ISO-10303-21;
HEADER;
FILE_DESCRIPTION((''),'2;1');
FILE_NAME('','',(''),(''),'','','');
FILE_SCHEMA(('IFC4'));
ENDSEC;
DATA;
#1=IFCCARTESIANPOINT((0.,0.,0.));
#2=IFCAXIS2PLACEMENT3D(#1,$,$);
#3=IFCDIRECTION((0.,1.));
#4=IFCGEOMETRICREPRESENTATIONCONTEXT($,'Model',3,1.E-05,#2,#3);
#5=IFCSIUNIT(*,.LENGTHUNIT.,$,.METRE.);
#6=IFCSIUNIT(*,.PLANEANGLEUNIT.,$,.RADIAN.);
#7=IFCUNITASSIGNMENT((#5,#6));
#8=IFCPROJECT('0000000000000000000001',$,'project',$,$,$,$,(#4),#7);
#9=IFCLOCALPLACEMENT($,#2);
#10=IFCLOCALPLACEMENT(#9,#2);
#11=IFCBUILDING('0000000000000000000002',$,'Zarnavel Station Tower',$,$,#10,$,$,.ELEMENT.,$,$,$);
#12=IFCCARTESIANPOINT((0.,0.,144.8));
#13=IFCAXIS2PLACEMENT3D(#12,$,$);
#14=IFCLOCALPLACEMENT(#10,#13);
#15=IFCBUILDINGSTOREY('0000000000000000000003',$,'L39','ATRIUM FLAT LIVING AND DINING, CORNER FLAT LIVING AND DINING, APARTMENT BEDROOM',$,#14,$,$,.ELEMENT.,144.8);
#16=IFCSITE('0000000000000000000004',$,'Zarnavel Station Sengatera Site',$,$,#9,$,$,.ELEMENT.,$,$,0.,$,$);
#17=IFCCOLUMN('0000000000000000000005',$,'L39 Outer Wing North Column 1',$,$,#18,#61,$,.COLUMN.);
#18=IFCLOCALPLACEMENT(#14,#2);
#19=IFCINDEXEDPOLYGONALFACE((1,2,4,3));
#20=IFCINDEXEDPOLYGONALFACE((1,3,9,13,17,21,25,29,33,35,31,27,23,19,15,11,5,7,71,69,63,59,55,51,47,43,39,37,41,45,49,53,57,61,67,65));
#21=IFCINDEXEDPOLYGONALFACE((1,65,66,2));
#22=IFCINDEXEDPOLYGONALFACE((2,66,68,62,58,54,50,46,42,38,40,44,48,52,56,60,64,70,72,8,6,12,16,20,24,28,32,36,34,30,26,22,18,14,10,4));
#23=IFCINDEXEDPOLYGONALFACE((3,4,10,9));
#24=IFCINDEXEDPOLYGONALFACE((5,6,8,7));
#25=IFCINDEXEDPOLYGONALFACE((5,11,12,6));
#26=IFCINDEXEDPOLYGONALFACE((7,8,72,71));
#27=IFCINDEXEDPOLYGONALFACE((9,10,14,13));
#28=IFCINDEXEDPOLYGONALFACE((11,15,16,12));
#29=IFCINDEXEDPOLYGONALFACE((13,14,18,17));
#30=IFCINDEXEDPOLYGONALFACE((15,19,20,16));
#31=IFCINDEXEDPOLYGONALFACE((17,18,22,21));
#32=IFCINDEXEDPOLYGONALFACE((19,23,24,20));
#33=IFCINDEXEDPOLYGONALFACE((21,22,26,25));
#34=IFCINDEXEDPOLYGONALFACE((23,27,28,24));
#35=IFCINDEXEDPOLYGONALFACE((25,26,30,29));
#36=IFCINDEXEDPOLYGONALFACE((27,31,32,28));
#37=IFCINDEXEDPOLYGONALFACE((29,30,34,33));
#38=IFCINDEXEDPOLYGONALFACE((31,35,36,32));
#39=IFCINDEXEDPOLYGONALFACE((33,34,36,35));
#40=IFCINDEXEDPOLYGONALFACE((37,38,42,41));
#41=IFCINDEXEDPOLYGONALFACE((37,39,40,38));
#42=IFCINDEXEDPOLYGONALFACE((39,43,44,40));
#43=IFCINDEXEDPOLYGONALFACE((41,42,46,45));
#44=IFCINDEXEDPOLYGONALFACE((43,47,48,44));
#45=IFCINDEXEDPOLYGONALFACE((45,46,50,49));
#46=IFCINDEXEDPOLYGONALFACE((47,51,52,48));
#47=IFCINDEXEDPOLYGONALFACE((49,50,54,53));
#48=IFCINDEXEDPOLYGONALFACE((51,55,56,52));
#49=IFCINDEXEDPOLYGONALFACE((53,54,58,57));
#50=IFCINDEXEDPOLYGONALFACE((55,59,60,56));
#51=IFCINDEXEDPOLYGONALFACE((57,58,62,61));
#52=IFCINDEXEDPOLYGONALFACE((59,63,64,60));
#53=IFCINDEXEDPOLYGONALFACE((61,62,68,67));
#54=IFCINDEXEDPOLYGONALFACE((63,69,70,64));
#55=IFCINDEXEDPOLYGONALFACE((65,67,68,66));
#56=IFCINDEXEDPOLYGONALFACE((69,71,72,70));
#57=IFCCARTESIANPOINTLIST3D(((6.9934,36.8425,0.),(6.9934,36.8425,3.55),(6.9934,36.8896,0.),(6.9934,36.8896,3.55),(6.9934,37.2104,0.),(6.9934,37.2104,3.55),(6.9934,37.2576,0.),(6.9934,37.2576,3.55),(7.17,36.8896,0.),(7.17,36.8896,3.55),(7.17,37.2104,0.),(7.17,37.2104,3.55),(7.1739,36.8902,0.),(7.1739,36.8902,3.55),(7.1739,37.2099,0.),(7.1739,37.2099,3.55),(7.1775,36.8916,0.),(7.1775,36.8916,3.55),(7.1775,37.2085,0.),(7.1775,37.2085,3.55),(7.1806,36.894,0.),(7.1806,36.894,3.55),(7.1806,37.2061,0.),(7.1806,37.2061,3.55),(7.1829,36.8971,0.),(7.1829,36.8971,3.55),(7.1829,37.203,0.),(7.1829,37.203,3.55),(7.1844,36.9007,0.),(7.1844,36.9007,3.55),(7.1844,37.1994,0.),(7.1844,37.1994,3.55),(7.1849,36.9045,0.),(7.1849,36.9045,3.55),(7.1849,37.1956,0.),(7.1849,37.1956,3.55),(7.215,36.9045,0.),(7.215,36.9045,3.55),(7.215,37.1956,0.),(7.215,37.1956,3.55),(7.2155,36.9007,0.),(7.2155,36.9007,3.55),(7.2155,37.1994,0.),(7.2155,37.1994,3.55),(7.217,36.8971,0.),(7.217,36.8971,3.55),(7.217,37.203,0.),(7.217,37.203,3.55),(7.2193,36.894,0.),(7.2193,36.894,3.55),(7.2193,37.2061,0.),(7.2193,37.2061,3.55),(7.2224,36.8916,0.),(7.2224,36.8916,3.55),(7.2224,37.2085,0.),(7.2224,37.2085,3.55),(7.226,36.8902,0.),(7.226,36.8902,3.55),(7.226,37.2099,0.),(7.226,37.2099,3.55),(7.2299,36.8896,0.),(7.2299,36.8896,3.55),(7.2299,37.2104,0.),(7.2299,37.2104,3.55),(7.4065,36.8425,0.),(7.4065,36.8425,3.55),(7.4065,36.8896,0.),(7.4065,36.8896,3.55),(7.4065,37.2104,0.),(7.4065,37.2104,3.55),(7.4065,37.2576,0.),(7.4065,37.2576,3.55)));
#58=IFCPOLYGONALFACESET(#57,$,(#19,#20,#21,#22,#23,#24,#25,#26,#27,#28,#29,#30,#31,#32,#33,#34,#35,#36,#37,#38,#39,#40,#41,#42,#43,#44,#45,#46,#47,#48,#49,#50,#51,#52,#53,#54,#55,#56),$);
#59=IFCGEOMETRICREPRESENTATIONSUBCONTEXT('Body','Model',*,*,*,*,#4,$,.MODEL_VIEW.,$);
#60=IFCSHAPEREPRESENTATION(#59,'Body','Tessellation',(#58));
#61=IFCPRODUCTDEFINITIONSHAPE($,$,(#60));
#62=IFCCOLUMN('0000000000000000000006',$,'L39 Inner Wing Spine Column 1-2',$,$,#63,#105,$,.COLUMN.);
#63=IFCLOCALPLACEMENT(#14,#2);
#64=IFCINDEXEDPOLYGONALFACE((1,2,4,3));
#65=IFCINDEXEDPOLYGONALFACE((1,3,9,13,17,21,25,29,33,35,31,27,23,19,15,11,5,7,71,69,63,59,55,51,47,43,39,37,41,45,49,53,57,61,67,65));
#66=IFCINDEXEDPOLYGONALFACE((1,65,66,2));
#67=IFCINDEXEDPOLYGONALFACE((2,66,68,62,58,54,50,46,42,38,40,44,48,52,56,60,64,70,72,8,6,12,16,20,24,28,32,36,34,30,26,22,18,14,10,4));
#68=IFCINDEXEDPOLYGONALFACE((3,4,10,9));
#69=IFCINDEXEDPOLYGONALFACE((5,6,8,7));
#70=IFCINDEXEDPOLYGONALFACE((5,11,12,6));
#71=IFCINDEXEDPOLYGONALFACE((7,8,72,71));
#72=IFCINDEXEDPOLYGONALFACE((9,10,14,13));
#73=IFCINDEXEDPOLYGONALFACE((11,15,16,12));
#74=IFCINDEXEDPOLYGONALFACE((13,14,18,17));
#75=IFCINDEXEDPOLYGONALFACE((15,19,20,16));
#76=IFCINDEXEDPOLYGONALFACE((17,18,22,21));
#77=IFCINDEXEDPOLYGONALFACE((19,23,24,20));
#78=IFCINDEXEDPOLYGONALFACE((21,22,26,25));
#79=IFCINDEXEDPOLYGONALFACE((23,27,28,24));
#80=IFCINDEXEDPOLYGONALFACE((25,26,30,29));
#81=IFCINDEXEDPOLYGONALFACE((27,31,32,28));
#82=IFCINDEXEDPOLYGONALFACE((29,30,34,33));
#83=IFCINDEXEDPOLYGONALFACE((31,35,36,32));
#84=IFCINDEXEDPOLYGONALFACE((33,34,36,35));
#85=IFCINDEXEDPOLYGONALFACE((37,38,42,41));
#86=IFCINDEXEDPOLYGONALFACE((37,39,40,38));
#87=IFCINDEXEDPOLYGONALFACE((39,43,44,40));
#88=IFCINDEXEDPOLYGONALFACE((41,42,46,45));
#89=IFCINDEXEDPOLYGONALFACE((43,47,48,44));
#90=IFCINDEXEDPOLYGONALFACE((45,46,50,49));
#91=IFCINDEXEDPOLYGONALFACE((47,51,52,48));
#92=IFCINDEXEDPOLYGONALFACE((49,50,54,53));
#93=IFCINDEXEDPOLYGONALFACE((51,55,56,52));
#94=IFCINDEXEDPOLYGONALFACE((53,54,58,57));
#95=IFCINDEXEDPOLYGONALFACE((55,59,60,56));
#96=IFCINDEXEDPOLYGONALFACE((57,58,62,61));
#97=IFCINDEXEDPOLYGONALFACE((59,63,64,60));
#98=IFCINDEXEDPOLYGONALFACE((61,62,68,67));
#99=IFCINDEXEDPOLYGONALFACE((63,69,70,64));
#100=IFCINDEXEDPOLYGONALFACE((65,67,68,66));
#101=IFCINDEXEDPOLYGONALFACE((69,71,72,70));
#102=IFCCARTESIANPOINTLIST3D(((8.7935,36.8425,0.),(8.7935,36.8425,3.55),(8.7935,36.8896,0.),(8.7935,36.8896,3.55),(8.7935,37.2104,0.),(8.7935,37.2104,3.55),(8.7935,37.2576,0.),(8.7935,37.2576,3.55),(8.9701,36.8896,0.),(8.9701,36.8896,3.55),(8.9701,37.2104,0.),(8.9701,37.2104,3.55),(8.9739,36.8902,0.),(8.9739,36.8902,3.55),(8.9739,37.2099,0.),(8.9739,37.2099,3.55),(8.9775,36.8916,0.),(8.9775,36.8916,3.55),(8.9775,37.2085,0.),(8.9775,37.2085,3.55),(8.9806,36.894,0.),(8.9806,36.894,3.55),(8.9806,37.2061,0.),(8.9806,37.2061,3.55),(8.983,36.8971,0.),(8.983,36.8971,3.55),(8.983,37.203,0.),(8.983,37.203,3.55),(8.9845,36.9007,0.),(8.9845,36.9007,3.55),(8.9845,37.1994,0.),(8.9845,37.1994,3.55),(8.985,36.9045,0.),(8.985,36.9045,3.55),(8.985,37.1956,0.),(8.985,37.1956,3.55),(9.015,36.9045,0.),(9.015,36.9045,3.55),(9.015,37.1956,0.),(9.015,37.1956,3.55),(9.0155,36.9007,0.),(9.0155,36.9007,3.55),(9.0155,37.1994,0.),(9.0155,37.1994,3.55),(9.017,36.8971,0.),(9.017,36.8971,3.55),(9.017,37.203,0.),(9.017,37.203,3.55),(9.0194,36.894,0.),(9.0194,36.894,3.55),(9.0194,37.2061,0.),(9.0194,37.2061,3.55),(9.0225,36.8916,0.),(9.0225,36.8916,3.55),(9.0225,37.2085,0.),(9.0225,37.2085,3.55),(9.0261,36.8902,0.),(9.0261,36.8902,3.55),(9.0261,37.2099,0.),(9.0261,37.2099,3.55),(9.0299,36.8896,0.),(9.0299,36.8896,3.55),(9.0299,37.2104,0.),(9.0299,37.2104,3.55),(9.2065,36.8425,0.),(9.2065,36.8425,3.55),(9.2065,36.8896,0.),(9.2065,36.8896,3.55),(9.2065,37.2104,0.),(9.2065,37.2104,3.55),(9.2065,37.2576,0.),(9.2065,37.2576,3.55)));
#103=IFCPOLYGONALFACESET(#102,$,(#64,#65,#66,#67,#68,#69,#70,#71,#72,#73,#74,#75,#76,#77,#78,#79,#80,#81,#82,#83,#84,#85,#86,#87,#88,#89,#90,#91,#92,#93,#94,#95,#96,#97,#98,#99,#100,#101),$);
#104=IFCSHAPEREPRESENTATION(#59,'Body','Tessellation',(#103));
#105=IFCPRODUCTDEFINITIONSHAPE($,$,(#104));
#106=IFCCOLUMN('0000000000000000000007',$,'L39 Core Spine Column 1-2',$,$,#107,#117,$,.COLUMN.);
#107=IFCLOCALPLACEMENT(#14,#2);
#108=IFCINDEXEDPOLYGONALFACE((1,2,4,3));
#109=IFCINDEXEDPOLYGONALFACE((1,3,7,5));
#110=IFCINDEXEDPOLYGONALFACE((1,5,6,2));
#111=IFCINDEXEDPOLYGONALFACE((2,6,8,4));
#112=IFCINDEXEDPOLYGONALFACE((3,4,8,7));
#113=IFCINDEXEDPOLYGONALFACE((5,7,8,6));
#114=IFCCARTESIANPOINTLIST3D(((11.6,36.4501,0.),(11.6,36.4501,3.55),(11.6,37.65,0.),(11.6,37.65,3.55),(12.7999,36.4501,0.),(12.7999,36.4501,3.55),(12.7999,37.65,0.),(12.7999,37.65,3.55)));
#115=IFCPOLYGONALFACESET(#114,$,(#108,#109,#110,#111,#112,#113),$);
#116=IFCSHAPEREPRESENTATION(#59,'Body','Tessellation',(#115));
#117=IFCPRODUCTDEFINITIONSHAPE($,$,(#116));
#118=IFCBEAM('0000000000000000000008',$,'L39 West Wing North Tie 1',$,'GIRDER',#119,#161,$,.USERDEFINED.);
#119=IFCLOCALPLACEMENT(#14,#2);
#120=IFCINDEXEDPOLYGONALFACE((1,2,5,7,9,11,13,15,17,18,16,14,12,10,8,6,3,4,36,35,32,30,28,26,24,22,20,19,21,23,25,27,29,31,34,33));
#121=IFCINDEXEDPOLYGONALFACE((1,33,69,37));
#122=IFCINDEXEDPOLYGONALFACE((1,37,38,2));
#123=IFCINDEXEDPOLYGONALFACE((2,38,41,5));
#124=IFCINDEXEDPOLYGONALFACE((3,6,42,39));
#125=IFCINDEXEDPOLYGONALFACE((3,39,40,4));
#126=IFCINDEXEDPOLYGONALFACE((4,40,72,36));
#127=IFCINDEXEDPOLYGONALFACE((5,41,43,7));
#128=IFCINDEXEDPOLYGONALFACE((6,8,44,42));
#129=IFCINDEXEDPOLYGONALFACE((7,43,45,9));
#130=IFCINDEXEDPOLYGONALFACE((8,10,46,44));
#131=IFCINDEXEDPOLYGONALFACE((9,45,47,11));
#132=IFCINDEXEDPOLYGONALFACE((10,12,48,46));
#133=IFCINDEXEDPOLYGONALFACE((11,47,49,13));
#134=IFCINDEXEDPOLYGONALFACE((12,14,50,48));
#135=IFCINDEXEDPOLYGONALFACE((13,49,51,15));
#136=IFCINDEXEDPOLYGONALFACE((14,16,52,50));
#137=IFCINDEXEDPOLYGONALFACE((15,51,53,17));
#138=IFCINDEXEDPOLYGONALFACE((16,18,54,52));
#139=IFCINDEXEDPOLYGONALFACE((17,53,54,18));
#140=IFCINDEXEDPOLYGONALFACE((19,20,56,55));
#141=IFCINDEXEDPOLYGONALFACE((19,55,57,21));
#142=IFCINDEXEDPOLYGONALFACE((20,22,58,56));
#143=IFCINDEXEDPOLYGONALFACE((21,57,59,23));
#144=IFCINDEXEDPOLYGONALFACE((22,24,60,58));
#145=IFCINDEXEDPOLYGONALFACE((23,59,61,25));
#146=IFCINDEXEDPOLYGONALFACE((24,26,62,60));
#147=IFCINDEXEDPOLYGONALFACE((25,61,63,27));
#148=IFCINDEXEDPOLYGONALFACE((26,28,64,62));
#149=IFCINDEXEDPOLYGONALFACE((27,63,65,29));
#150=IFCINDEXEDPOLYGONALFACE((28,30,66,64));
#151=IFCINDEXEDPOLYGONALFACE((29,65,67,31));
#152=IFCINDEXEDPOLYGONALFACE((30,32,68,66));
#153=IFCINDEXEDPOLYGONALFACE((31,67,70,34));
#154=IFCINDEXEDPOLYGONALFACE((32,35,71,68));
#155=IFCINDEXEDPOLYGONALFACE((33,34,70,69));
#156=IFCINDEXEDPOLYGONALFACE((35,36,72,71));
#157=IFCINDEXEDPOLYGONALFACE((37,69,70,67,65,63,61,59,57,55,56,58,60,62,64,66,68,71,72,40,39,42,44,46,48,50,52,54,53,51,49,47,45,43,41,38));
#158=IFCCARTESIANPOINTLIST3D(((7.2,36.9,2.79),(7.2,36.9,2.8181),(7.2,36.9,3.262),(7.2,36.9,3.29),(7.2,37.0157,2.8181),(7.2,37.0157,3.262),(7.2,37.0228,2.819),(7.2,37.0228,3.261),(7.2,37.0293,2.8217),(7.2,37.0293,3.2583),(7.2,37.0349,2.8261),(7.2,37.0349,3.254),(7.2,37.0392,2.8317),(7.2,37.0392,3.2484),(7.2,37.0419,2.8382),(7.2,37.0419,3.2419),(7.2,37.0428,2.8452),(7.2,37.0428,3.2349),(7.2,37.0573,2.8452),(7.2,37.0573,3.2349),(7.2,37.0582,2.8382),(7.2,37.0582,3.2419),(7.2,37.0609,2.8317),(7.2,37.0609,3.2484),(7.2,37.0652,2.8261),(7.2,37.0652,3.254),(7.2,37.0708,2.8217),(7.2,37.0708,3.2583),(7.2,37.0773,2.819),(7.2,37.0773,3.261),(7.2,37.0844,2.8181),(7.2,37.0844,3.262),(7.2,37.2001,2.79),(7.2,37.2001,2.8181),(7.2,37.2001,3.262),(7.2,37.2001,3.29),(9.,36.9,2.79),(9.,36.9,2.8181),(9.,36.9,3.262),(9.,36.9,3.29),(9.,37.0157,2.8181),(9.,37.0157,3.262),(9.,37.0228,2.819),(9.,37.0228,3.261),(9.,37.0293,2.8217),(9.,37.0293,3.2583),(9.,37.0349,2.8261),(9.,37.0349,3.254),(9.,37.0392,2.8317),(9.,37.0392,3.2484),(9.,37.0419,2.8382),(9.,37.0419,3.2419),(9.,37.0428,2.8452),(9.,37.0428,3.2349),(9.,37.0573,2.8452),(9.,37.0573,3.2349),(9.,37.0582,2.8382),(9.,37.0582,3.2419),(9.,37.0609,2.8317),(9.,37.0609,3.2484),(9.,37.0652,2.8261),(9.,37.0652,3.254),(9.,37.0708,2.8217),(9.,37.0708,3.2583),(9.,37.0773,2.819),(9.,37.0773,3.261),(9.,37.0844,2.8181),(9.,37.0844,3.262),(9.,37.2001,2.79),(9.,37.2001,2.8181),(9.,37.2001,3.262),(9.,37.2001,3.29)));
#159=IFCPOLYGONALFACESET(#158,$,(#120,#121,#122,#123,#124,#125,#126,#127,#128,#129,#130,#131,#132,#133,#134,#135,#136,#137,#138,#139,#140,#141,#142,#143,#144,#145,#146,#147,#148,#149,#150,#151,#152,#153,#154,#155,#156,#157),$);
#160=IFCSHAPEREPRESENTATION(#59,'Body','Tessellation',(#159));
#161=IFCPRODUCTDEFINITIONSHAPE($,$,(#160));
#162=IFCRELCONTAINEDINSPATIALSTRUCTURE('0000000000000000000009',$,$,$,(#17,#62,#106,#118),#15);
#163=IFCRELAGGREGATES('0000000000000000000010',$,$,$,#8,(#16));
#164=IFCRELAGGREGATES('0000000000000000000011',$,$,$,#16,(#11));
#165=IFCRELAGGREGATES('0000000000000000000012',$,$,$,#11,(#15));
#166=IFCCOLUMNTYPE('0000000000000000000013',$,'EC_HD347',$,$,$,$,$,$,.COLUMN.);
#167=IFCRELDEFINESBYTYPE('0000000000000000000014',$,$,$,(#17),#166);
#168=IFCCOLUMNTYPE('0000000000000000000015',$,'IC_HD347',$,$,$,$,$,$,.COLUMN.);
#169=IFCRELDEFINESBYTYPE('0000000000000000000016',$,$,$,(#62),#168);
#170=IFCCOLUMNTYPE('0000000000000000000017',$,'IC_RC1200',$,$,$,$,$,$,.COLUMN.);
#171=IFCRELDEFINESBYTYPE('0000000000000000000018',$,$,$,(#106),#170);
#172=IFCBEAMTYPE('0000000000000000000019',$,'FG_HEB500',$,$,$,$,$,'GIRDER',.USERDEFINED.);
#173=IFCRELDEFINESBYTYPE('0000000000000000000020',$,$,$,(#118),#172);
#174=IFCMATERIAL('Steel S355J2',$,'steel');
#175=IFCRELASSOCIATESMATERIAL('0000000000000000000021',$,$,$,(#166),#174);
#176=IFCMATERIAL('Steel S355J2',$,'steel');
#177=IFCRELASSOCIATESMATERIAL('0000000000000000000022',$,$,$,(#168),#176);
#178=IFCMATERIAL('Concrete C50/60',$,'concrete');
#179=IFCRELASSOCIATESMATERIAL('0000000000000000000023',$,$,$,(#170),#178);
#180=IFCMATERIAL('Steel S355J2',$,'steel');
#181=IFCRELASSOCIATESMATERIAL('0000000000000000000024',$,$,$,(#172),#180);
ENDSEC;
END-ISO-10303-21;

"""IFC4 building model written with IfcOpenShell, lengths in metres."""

from ifc_helpers import new_model, si_unit, direction, frame, origin, origin_2d, place, context, subcontext, project, spatial, rectangle, i_section, extrude, material, material_profile, profile_set, type_object, element, save


model = new_model("IFC4")

# Units and contexts
model_context = context("Model", 3, precision=1e-05, world=origin(), true_north=direction((0.0, 1.0)))
body_context = subcontext(model_context, "Body", "Model", "MODEL_VIEW")
ifc_project = project(units=[si_unit("LENGTHUNIT", "METRE"), si_unit("PLANEANGLEUNIT", "RADIAN")], contexts=[model_context])

# Site, building, storey
site_placement = place(None, origin())
site = spatial("IfcSite", under=ifc_project, at=site_placement, Name="Zarnavel Station Sengatera Site", CompositionType="ELEMENT", RefElevation=0.0)
building_placement = place(site_placement, origin())
building = spatial("IfcBuilding", under=site, at=building_placement, Name="Zarnavel Station Tower", CompositionType="ELEMENT")
storey_placement = place(building_placement, frame((0.0, 0.0, 144.8)))
storey = spatial("IfcBuildingStorey", under=building, at=storey_placement, Name="L39", Description="ATRIUM FLAT LIVING AND DINING, CORNER FLAT LIVING AND DINING, APARTMENT BEDROOM", CompositionType="ELEMENT", Elevation=144.8)

# Columns
ifc_material_1 = material(Name="Steel S355J2", Category="steel")
ifc_material_profile_1 = material_profile(ifc_material_1, i_section(OverallWidth=0.4131, OverallDepth=0.415, WebThickness=0.03, FlangeThickness=0.0471, FilletRadius=0.0149, at=origin_2d()), Name="HD400x347")
ifc_profile_set_1 = profile_set([ifc_material_profile_1], Name="Steel S355J2")
column_type_1 = type_object("IfcColumnType", Name="EC_HD347", PredefinedType="COLUMN", material=ifc_profile_set_1)
column_1_placement = place(storey_placement, frame((7.2, 37.05, 0.0), z_axis=(0.0, 0.0, 1.0), x_axis=(1.0, 0.0, 0.0)))
element("IfcColumn", 1, at=column_1_placement, inside=storey, type_object=column_type_1, Name="L39 Outer Wing North Column 1", PredefinedType="COLUMN", context=body_context, shape_type="SweptSolid", body=[
    extrude(i_section(OverallWidth=0.4131, OverallDepth=0.415, WebThickness=0.03, FlangeThickness=0.0471, FilletRadius=0.0149, at=origin_2d()), origin(), (0.0, 0.0, 1.0), 3.55),
])
ifc_material_2 = material(Name="Steel S355J2", Category="steel")
ifc_material_profile_2 = material_profile(ifc_material_2, i_section(OverallWidth=0.4131, OverallDepth=0.415, WebThickness=0.03, FlangeThickness=0.0471, FilletRadius=0.0149, at=origin_2d()), Name="HD400x347")
ifc_profile_set_2 = profile_set([ifc_material_profile_2], Name="Steel S355J2")
column_type_2 = type_object("IfcColumnType", Name="IC_HD347", PredefinedType="COLUMN", material=ifc_profile_set_2)
column_2_placement = place(storey_placement, frame((9.0, 37.05, 0.0), z_axis=(0.0, 0.0, 1.0), x_axis=(1.0, 0.0, 0.0)))
element("IfcColumn", 2, at=column_2_placement, inside=storey, type_object=column_type_2, Name="L39 Inner Wing Spine Column 1-2", PredefinedType="COLUMN", context=body_context, shape_type="SweptSolid", body=[
    extrude(i_section(OverallWidth=0.4131, OverallDepth=0.415, WebThickness=0.03, FlangeThickness=0.0471, FilletRadius=0.0149, at=origin_2d()), origin(), (0.0, 0.0, 1.0), 3.55),
])
ifc_material_3 = material(Name="Concrete C50/60", Category="concrete")
ifc_material_profile_3 = material_profile(ifc_material_3, rectangle(XDim=1.2, YDim=1.2, at=origin_2d()), Name="RC1200x1200")
ifc_profile_set_3 = profile_set([ifc_material_profile_3], Name="Concrete C50/60")
column_type_3 = type_object("IfcColumnType", Name="IC_RC1200", PredefinedType="COLUMN", material=ifc_profile_set_3)
column_3_placement = place(storey_placement, frame((12.2, 37.05, 0.0), z_axis=(0.0, 0.0, 1.0), x_axis=(1.0, 0.0, 0.0)))
element("IfcColumn", 3, at=column_3_placement, inside=storey, type_object=column_type_3, Name="L39 Core Spine Column 1-2", PredefinedType="COLUMN", context=body_context, shape_type="SweptSolid", body=[
    extrude(rectangle(XDim=1.2, YDim=1.2, at=origin_2d()), origin(), (0.0, 0.0, 1.0), 3.55),
])

# Beam
ifc_material_4 = material(Name="Steel S355J2", Category="steel")
ifc_material_profile_4 = material_profile(ifc_material_4, i_section(OverallWidth=0.3, OverallDepth=0.5, WebThickness=0.0144, FlangeThickness=0.0281, FilletRadius=0.0271, at=origin_2d()), Name="HEB500")
ifc_profile_set_4 = profile_set([ifc_material_profile_4], Name="Steel S355J2")
beam_type = type_object("IfcBeamType", Name="FG_HEB500", ElementType="GIRDER", PredefinedType="USERDEFINED", material=ifc_profile_set_4)
beam_1_placement = place(storey_placement, frame((7.2, 37.05, 3.04), z_axis=(1.0, 0.0, 0.0), x_axis=(0.0, 1.0, 0.0)))
element("IfcBeam", 4, at=beam_1_placement, inside=storey, type_object=beam_type, Name="L39 West Wing North Tie 1", ObjectType="GIRDER", PredefinedType="USERDEFINED", context=body_context, shape_type="SweptSolid", body=[
    extrude(i_section(OverallWidth=0.3, OverallDepth=0.5, WebThickness=0.0144, FlangeThickness=0.0281, FilletRadius=0.0271, at=origin_2d()), origin(), (0.0, 0.0, 1.0), 1.8),
])

save(model, "model.ifc")
